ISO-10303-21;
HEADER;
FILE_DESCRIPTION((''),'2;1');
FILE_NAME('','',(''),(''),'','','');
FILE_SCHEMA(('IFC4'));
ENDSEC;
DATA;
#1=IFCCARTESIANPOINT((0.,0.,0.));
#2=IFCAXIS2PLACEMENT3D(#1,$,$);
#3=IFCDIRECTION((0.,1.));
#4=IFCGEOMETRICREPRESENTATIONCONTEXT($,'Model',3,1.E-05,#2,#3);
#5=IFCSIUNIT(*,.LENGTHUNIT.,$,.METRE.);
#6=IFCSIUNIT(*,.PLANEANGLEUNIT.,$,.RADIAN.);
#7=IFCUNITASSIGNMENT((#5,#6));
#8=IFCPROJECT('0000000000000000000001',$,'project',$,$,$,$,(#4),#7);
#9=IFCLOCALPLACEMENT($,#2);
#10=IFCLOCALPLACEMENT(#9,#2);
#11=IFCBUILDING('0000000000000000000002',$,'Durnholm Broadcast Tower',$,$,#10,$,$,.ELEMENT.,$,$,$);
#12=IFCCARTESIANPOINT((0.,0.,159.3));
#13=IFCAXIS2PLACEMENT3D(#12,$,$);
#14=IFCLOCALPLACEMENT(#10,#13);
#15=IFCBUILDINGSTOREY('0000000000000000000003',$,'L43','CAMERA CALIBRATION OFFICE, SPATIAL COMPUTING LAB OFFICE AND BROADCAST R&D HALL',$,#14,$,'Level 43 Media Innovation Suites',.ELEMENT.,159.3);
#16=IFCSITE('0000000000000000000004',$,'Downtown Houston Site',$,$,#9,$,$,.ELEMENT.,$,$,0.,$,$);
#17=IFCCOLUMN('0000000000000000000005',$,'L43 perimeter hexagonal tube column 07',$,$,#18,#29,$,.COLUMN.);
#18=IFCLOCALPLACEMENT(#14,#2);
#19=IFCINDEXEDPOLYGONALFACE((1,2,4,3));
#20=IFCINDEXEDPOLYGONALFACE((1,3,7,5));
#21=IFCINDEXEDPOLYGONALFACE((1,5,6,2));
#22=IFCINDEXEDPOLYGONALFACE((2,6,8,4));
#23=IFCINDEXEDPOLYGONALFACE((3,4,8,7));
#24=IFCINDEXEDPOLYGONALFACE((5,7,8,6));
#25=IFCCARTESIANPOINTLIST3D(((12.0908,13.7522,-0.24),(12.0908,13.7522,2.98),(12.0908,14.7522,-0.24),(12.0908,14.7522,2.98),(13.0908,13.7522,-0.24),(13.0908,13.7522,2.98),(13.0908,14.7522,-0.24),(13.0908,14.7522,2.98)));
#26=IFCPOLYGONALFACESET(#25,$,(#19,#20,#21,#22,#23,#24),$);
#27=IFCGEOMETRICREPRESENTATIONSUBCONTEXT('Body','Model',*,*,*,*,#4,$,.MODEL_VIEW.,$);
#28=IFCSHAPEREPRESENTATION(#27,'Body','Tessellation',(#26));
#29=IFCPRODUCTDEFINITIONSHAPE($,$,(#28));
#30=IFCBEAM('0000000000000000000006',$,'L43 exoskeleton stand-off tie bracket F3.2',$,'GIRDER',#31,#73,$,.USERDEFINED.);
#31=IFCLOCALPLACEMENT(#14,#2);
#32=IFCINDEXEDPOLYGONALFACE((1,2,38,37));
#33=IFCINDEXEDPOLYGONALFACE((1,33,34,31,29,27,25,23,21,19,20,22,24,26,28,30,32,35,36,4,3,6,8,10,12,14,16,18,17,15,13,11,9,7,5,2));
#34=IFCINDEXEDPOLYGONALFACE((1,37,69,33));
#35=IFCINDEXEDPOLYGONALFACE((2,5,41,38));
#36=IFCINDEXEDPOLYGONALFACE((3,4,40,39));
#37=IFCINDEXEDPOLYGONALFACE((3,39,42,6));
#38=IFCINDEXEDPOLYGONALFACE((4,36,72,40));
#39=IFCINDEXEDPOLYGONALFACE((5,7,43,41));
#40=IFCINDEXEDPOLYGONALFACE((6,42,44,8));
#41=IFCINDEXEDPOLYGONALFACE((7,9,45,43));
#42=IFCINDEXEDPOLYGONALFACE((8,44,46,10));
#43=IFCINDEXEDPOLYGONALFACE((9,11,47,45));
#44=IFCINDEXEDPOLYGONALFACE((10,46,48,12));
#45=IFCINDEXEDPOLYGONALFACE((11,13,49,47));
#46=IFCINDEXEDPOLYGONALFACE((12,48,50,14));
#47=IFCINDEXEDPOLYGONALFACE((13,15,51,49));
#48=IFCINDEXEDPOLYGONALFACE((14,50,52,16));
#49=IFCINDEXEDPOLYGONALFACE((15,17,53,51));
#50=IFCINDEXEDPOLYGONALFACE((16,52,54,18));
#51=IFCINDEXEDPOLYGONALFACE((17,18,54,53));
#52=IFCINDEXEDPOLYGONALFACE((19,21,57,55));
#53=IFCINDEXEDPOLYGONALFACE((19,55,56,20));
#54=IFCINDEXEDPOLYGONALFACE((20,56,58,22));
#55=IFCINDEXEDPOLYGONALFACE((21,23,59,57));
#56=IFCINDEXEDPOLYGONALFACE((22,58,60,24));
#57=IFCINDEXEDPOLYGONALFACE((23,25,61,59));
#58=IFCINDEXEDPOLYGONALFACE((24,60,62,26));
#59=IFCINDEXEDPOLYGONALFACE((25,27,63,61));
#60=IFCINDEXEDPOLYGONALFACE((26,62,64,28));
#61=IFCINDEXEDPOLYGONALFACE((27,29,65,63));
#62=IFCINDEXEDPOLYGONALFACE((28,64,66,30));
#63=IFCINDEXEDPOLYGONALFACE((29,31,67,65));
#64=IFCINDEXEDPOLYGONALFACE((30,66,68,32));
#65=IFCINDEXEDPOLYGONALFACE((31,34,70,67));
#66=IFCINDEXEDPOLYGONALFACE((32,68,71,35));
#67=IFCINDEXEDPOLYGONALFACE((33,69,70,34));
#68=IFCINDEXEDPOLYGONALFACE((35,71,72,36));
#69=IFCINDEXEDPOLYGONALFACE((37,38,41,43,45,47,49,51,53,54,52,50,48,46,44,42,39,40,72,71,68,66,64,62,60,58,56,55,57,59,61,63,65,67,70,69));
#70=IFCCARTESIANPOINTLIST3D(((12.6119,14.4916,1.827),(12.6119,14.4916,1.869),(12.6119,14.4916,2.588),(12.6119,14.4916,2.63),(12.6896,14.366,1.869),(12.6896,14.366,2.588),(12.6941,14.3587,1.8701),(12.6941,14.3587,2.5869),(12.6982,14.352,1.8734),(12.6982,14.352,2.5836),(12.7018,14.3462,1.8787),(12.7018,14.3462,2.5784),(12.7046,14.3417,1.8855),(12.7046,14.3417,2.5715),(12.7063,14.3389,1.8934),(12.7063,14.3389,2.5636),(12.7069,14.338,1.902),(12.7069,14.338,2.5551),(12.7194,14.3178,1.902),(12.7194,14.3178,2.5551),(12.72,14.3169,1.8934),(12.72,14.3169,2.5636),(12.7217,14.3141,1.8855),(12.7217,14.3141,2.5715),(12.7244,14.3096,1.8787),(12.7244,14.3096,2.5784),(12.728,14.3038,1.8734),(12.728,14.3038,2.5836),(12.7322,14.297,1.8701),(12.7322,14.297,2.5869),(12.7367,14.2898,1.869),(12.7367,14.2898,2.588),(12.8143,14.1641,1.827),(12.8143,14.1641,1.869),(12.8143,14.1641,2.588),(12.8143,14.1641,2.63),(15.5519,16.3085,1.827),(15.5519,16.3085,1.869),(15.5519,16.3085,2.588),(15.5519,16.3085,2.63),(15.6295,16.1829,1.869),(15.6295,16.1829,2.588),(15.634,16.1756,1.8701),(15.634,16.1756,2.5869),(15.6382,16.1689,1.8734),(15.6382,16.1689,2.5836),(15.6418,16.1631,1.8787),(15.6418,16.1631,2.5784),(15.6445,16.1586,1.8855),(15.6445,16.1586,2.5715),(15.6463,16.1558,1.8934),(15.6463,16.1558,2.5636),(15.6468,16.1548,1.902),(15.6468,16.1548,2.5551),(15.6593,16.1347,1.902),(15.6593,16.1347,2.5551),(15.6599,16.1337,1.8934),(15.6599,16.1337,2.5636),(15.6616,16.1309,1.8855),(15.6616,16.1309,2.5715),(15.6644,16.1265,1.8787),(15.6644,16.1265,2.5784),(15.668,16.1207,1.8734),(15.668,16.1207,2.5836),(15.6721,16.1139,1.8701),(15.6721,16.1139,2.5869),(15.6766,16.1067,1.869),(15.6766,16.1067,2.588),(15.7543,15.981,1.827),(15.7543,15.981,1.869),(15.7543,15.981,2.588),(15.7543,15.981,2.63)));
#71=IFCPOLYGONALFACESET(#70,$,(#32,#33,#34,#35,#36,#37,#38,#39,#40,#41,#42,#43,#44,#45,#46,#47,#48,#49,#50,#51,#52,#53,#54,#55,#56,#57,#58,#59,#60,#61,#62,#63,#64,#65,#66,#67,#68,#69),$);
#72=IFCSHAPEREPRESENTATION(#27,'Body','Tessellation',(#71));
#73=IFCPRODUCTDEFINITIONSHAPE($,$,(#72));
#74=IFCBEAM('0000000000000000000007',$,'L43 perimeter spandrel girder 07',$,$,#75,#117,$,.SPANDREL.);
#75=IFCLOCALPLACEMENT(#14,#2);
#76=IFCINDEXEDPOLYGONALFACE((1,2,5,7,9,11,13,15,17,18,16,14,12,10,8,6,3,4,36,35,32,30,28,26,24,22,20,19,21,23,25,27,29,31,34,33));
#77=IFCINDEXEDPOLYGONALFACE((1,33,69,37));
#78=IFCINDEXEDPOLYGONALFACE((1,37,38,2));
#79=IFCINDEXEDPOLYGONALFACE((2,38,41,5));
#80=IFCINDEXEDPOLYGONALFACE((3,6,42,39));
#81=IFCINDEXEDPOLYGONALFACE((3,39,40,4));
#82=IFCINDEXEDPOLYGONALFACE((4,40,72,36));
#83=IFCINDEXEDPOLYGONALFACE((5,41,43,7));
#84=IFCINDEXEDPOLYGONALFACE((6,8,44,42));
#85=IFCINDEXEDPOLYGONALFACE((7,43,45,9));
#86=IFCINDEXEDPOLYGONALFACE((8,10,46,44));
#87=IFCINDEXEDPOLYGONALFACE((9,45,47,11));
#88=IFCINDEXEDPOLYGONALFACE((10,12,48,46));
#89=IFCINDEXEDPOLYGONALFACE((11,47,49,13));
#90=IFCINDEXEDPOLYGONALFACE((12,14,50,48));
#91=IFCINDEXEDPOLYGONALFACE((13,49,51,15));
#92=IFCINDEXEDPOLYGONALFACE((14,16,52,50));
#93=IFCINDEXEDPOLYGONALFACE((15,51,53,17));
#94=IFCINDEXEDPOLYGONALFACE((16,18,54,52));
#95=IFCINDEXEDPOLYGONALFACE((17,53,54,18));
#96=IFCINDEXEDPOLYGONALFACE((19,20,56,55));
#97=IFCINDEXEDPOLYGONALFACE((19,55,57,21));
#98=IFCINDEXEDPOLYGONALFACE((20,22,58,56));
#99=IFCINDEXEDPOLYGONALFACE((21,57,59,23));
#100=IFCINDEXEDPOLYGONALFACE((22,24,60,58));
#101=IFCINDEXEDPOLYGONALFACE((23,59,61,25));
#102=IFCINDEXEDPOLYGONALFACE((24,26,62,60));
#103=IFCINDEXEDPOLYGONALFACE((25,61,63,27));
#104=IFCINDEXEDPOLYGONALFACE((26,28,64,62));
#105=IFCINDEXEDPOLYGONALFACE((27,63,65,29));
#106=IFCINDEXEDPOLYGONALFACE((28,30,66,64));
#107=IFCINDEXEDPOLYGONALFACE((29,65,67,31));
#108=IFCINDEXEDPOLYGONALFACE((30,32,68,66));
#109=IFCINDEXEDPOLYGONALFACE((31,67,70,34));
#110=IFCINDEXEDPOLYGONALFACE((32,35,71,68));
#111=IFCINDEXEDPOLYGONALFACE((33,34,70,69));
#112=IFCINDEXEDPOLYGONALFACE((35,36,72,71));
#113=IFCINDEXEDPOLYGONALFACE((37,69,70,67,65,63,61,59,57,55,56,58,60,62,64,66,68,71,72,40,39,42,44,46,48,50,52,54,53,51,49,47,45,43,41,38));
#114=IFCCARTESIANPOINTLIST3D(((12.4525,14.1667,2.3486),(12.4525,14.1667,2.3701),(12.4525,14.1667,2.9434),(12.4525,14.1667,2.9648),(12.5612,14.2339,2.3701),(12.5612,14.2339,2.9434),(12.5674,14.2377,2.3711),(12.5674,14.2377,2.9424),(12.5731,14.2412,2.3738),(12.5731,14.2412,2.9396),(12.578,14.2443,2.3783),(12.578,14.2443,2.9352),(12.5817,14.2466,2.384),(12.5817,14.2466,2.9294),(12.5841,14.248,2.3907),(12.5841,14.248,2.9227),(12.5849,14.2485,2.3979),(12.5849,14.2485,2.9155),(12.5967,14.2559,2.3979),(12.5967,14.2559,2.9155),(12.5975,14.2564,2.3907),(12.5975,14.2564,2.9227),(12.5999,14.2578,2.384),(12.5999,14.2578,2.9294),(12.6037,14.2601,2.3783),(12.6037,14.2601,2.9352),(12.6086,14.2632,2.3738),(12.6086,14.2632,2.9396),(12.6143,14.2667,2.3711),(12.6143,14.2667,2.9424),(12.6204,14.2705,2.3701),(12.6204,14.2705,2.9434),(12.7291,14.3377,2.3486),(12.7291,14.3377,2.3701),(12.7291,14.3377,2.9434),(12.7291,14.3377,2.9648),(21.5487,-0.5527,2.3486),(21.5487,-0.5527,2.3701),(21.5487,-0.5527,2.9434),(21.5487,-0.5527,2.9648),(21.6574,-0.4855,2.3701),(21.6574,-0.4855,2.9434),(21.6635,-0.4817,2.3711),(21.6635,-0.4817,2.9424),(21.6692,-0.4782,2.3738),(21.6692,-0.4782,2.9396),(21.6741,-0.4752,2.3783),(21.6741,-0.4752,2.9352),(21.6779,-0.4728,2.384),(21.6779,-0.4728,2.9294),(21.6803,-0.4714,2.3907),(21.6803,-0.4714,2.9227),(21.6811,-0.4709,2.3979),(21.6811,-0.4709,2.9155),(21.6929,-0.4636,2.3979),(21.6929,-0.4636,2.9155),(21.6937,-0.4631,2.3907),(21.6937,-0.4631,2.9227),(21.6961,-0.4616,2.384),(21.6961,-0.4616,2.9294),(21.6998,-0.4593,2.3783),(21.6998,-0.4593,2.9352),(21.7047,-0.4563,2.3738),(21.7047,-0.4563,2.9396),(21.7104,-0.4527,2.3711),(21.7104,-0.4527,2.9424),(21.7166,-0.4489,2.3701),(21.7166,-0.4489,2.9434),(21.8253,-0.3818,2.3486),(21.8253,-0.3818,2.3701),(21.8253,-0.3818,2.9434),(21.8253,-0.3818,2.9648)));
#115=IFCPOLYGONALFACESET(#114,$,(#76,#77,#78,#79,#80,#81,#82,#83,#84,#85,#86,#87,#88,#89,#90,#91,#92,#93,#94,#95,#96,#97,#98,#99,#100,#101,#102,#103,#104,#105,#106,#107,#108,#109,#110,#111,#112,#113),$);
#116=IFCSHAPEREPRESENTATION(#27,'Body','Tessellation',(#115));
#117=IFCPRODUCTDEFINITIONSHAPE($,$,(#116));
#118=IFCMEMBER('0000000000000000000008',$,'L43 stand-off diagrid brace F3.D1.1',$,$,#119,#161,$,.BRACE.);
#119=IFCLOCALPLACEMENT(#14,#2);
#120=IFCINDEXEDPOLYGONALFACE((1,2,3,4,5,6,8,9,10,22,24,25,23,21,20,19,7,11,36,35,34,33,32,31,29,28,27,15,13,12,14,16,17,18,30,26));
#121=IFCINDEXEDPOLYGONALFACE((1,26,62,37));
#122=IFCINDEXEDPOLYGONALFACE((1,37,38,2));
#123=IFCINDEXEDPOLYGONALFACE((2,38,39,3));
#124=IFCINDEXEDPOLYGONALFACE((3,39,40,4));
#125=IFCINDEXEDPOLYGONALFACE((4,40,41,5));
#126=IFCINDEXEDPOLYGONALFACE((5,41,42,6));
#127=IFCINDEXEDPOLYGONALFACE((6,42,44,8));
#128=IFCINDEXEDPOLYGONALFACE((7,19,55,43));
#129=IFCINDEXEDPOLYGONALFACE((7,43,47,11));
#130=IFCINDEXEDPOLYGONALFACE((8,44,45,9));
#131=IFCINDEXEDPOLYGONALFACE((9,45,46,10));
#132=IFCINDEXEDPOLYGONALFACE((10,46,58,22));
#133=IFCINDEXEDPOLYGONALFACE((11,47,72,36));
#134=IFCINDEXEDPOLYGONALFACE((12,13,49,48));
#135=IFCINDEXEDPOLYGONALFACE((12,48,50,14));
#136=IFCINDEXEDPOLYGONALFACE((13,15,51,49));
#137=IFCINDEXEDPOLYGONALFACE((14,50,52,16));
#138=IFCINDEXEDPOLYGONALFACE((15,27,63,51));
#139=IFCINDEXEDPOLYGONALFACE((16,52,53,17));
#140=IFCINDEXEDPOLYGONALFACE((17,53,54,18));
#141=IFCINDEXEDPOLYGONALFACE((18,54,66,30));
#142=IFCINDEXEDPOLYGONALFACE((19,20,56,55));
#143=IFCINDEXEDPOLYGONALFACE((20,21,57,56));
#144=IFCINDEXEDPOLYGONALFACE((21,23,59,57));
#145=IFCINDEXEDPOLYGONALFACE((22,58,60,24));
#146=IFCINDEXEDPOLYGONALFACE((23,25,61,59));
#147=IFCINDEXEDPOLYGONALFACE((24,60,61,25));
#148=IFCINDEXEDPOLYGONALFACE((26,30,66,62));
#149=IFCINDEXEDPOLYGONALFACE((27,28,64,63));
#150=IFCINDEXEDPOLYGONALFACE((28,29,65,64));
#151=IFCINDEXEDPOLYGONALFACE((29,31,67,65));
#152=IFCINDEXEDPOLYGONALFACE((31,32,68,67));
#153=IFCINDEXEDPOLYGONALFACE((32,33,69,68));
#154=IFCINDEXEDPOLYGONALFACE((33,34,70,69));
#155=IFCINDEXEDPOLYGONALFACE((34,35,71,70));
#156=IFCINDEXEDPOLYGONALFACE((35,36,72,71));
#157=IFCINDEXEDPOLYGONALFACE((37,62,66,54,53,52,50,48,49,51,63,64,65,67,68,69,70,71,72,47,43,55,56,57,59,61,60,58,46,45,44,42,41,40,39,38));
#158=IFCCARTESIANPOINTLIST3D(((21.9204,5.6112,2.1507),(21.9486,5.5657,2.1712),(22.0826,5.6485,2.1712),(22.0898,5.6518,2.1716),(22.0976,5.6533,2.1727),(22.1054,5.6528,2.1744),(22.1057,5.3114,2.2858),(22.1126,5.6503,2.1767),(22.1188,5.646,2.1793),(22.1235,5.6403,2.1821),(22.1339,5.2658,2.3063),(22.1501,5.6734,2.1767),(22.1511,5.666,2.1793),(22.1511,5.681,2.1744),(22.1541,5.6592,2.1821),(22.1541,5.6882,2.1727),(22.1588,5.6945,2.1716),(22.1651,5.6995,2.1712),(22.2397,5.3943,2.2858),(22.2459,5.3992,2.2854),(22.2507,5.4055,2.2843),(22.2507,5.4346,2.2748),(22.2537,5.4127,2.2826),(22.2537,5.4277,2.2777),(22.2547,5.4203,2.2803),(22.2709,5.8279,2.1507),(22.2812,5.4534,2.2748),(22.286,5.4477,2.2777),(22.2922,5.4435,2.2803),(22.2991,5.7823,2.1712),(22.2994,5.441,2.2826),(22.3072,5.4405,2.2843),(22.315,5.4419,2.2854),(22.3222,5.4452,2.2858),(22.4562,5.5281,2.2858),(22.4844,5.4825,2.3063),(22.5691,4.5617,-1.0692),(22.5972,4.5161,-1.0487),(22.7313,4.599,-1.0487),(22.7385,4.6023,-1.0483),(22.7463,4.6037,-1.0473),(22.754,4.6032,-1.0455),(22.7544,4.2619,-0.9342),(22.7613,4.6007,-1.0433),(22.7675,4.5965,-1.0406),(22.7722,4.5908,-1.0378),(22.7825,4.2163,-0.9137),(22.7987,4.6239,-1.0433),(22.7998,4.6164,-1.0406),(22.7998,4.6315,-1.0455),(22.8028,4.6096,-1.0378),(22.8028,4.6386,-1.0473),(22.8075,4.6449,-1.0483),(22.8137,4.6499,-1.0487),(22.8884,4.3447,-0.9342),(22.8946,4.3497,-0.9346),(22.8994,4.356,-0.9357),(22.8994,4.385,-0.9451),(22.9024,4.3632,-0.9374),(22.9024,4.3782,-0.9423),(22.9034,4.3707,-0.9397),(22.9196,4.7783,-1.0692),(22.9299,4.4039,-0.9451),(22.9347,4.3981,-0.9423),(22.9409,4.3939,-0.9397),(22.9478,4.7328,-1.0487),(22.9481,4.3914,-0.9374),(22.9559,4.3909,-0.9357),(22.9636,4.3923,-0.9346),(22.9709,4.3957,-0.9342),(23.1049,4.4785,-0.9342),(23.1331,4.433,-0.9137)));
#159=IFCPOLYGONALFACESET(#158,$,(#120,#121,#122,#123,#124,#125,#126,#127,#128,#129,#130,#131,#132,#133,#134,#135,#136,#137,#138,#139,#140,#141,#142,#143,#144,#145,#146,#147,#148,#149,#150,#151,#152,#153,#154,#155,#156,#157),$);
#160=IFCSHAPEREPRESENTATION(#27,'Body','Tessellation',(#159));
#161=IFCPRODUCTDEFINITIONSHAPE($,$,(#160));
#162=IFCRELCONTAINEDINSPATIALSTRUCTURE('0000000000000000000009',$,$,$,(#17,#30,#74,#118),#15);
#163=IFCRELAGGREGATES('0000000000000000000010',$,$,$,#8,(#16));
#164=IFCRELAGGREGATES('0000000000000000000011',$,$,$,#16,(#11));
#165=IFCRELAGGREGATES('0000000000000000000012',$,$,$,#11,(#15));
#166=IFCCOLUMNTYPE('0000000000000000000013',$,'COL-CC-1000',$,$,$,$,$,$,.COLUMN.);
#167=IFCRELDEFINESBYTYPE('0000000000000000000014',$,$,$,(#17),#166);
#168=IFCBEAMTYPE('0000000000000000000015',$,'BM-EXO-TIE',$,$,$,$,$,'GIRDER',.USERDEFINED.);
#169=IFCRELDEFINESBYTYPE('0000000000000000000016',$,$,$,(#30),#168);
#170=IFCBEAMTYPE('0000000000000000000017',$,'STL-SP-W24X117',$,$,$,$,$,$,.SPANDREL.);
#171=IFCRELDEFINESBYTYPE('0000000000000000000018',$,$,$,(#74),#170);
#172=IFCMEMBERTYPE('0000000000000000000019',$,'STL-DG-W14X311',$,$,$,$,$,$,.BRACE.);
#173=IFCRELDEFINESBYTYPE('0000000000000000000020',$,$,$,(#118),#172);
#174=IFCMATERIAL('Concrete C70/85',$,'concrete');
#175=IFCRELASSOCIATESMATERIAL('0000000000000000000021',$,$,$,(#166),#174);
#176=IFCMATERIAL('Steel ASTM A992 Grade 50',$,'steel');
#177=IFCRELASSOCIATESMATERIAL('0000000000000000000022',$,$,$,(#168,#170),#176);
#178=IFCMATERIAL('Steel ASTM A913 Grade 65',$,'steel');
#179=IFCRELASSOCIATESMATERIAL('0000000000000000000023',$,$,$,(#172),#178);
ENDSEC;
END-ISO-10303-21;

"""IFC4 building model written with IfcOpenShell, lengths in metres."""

from ifc_helpers import new_model, si_unit, direction, frame, origin, origin_2d, place, context, subcontext, project, spatial, rectangle, i_section, extrude, source, transform, mapped, material, material_profile, profile_set, type_object, type_shapes, element, save


model = new_model("IFC4")

# Units and contexts
model_context = context("Model", 3, precision=1e-05, world=origin(), true_north=direction((0.0, 1.0)))
body_context = subcontext(model_context, "Body", "Model", "MODEL_VIEW")
ifc_project = project(units=[si_unit("LENGTHUNIT", "METRE"), si_unit("PLANEANGLEUNIT", "RADIAN")], contexts=[model_context])

# Site, building, storey
site_placement = place(None, origin())
site = spatial("IfcSite", under=ifc_project, at=site_placement, Name="Downtown Houston Site", CompositionType="ELEMENT", RefElevation=0.0)
building_placement = place(site_placement, origin())
building = spatial("IfcBuilding", under=site, at=building_placement, Name="Durnholm Broadcast Tower", CompositionType="ELEMENT")
storey_placement = place(building_placement, frame((0.0, 0.0, 159.3)))
storey = spatial("IfcBuildingStorey", under=building, at=storey_placement, Name="L43", Description="CAMERA CALIBRATION OFFICE, SPATIAL COMPUTING LAB OFFICE AND BROADCAST R&D HALL", LongName="Level 43 Media Innovation Suites", CompositionType="ELEMENT", Elevation=159.3)

# Column
ifc_material_1 = material(Name="Concrete C70/85", Category="concrete")
ifc_material_profile_1 = material_profile(ifc_material_1, rectangle(XDim=1.0, YDim=1.0, at=origin_2d()), Name="RC1000X1000")
ifc_profile_set_1 = profile_set([ifc_material_profile_1], Name="Concrete C70/85")
column_type = type_object("IfcColumnType", Name="COL-CC-1000", PredefinedType="COLUMN", material=ifc_profile_set_1)
shared_shape_1 = source(origin(), body_context, "Body", "SweptSolid", [
    extrude(rectangle(XDim=1.0, YDim=1.0, at=origin_2d()), origin(), (0.0, 0.0, 1.0), 3.22),
])
type_shapes(column_type, [shared_shape_1])
column_placement = place(storey_placement, frame((12.5908, 14.2522, -0.24), z_axis=(0.0, 0.0, 1.0), x_axis=(1.0, 0.0, 0.0)))
element("IfcColumn", 1, at=column_placement, inside=storey, type_object=column_type, Name="L43 perimeter hexagonal tube column 07", PredefinedType="COLUMN", context=body_context, shape_type="MappedRepresentation", body=[
    mapped(shared_shape_1, transform((0.0, 0.0, 0.0), x_axis=(1.0, 0.0, 0.0), y_axis=(0.0, 1.0, 0.0), z_axis=(0.0, 0.0, 1.0), scale=1.0)),
])

# Beams
ifc_material_2 = material(Name="Steel ASTM A992 Grade 50", Category="steel")
ifc_material_profile_2 = material_profile(ifc_material_2, i_section(OverallWidth=0.385, OverallDepth=0.803, WebThickness=0.0237, FlangeThickness=0.042, FilletRadius=0.033, at=origin_2d()), Name="W30X261")
ifc_profile_set_2 = profile_set([ifc_material_profile_2], Name="Steel ASTM A992 Grade 50")
beam_type_1 = type_object("IfcBeamType", Name="BM-EXO-TIE", ElementType="GIRDER", PredefinedType="USERDEFINED", material=ifc_profile_set_2)
shared_shape_2 = source(origin(), body_context, "Body", "SweptSolid", [
    extrude(i_section(OverallWidth=0.385, OverallDepth=0.803, WebThickness=0.0237, FlangeThickness=0.042, FilletRadius=0.033, at=origin_2d()), origin(), (0.0, 0.0, 1.0), 3.4561),
])
type_shapes(beam_type_1, [shared_shape_2])
beam_1_placement = place(storey_placement, frame((12.7131, 14.3279, 2.2285), z_axis=(0.850662, 0.525712, 0.0), x_axis=(-0.525712, 0.850662, 0.0)))
element("IfcBeam", 2, at=beam_1_placement, inside=storey, type_object=beam_type_1, Name="L43 exoskeleton stand-off tie bracket F3.2", ObjectType="GIRDER", PredefinedType="USERDEFINED", context=body_context, shape_type="MappedRepresentation", body=[
    mapped(shared_shape_2, transform((0.0, 0.0, 0.0), x_axis=(1.0, 0.0, 0.0), y_axis=(0.0, 1.0, 0.0), z_axis=(0.0, 0.0, 1.0), scale=1.0)),
])
ifc_material_profile_3 = material_profile(ifc_material_2, i_section(OverallWidth=0.3252, OverallDepth=0.6162, WebThickness=0.0139, FlangeThickness=0.0215, FilletRadius=0.0278, at=origin_2d()), Name="W24X117")
ifc_profile_set_3 = profile_set([ifc_material_profile_3], Name="Steel ASTM A992 Grade 50")
beam_type_2 = type_object("IfcBeamType", Name="STL-SP-W24X117", PredefinedType="SPANDREL", material=ifc_profile_set_3)
shared_shape_3 = source(origin(), body_context, "Body", "SweptSolid", [
    extrude(i_section(OverallWidth=0.3252, OverallDepth=0.6162, WebThickness=0.0139, FlangeThickness=0.0215, FilletRadius=0.0278, at=origin_2d()), origin(), (0.0, 0.0, 1.0), 17.3032),
])
type_shapes(beam_type_2, [shared_shape_3])
beam_2_placement = place(storey_placement, frame((12.5908, 14.2522, 2.6567), z_axis=(0.525691, -0.850675, 0.0), x_axis=(0.850675, 0.525691, 0.0)))
element("IfcBeam", 3, at=beam_2_placement, inside=storey, type_object=beam_type_2, Name="L43 perimeter spandrel girder 07", PredefinedType="SPANDREL", context=body_context, shape_type="MappedRepresentation", body=[
    mapped(shared_shape_3, transform((0.0, 0.0, 0.0), x_axis=(1.0, 0.0, 0.0), y_axis=(0.0, 1.0, 0.0), z_axis=(0.0, 0.0, 1.0), scale=1.0)),
])

# Member
ifc_material_3 = material(Name="Steel ASTM A913 Grade 65", Category="steel")
ifc_material_profile_4 = material_profile(ifc_material_3, i_section(OverallWidth=0.4121, OverallDepth=0.4348, WebThickness=0.0359, FlangeThickness=0.0574, FilletRadius=0.0305, at=origin_2d()), Name="W14X311")
ifc_profile_set_4 = profile_set([ifc_material_profile_4], Name="Steel ASTM A913 Grade 65")
member_type_1 = type_object("IfcMemberType", Name="STL-DG-W14X311", PredefinedType="BRACE", material=ifc_profile_set_4)
shared_shape_4 = source(origin(), body_context, "Body", "SweptSolid", [
    extrude(i_section(OverallWidth=0.4121, OverallDepth=0.4348, WebThickness=0.0359, FlangeThickness=0.0574, FilletRadius=0.0305, at=origin_2d()), origin(), (0.0, 0.0, 1.0), 3.4482),
])
type_shapes(member_type_1, [shared_shape_4])
for number, where, z_axis, x_axis, name in (
    (4, (22.8511, 4.4973, -0.9915), (-0.188118, 0.304373, 0.933793), (-0.850644, -0.525741, 0.0), "L43 stand-off diagrid brace F3.D1.1"),
):
    element("IfcMember", number, at=place(storey_placement, frame(where, z_axis=z_axis, x_axis=x_axis)), inside=storey, type_object=member_type_1, Name=name, PredefinedType="BRACE", context=body_context, shape_type="MappedRepresentation", body=[
        mapped(shared_shape_4, transform((0.0, 0.0, 0.0), x_axis=(1.0, 0.0, 0.0), y_axis=(0.0, 1.0, 0.0), z_axis=(0.0, 0.0, 1.0), scale=1.0)),
    ])

save(model, "model.ifc")
